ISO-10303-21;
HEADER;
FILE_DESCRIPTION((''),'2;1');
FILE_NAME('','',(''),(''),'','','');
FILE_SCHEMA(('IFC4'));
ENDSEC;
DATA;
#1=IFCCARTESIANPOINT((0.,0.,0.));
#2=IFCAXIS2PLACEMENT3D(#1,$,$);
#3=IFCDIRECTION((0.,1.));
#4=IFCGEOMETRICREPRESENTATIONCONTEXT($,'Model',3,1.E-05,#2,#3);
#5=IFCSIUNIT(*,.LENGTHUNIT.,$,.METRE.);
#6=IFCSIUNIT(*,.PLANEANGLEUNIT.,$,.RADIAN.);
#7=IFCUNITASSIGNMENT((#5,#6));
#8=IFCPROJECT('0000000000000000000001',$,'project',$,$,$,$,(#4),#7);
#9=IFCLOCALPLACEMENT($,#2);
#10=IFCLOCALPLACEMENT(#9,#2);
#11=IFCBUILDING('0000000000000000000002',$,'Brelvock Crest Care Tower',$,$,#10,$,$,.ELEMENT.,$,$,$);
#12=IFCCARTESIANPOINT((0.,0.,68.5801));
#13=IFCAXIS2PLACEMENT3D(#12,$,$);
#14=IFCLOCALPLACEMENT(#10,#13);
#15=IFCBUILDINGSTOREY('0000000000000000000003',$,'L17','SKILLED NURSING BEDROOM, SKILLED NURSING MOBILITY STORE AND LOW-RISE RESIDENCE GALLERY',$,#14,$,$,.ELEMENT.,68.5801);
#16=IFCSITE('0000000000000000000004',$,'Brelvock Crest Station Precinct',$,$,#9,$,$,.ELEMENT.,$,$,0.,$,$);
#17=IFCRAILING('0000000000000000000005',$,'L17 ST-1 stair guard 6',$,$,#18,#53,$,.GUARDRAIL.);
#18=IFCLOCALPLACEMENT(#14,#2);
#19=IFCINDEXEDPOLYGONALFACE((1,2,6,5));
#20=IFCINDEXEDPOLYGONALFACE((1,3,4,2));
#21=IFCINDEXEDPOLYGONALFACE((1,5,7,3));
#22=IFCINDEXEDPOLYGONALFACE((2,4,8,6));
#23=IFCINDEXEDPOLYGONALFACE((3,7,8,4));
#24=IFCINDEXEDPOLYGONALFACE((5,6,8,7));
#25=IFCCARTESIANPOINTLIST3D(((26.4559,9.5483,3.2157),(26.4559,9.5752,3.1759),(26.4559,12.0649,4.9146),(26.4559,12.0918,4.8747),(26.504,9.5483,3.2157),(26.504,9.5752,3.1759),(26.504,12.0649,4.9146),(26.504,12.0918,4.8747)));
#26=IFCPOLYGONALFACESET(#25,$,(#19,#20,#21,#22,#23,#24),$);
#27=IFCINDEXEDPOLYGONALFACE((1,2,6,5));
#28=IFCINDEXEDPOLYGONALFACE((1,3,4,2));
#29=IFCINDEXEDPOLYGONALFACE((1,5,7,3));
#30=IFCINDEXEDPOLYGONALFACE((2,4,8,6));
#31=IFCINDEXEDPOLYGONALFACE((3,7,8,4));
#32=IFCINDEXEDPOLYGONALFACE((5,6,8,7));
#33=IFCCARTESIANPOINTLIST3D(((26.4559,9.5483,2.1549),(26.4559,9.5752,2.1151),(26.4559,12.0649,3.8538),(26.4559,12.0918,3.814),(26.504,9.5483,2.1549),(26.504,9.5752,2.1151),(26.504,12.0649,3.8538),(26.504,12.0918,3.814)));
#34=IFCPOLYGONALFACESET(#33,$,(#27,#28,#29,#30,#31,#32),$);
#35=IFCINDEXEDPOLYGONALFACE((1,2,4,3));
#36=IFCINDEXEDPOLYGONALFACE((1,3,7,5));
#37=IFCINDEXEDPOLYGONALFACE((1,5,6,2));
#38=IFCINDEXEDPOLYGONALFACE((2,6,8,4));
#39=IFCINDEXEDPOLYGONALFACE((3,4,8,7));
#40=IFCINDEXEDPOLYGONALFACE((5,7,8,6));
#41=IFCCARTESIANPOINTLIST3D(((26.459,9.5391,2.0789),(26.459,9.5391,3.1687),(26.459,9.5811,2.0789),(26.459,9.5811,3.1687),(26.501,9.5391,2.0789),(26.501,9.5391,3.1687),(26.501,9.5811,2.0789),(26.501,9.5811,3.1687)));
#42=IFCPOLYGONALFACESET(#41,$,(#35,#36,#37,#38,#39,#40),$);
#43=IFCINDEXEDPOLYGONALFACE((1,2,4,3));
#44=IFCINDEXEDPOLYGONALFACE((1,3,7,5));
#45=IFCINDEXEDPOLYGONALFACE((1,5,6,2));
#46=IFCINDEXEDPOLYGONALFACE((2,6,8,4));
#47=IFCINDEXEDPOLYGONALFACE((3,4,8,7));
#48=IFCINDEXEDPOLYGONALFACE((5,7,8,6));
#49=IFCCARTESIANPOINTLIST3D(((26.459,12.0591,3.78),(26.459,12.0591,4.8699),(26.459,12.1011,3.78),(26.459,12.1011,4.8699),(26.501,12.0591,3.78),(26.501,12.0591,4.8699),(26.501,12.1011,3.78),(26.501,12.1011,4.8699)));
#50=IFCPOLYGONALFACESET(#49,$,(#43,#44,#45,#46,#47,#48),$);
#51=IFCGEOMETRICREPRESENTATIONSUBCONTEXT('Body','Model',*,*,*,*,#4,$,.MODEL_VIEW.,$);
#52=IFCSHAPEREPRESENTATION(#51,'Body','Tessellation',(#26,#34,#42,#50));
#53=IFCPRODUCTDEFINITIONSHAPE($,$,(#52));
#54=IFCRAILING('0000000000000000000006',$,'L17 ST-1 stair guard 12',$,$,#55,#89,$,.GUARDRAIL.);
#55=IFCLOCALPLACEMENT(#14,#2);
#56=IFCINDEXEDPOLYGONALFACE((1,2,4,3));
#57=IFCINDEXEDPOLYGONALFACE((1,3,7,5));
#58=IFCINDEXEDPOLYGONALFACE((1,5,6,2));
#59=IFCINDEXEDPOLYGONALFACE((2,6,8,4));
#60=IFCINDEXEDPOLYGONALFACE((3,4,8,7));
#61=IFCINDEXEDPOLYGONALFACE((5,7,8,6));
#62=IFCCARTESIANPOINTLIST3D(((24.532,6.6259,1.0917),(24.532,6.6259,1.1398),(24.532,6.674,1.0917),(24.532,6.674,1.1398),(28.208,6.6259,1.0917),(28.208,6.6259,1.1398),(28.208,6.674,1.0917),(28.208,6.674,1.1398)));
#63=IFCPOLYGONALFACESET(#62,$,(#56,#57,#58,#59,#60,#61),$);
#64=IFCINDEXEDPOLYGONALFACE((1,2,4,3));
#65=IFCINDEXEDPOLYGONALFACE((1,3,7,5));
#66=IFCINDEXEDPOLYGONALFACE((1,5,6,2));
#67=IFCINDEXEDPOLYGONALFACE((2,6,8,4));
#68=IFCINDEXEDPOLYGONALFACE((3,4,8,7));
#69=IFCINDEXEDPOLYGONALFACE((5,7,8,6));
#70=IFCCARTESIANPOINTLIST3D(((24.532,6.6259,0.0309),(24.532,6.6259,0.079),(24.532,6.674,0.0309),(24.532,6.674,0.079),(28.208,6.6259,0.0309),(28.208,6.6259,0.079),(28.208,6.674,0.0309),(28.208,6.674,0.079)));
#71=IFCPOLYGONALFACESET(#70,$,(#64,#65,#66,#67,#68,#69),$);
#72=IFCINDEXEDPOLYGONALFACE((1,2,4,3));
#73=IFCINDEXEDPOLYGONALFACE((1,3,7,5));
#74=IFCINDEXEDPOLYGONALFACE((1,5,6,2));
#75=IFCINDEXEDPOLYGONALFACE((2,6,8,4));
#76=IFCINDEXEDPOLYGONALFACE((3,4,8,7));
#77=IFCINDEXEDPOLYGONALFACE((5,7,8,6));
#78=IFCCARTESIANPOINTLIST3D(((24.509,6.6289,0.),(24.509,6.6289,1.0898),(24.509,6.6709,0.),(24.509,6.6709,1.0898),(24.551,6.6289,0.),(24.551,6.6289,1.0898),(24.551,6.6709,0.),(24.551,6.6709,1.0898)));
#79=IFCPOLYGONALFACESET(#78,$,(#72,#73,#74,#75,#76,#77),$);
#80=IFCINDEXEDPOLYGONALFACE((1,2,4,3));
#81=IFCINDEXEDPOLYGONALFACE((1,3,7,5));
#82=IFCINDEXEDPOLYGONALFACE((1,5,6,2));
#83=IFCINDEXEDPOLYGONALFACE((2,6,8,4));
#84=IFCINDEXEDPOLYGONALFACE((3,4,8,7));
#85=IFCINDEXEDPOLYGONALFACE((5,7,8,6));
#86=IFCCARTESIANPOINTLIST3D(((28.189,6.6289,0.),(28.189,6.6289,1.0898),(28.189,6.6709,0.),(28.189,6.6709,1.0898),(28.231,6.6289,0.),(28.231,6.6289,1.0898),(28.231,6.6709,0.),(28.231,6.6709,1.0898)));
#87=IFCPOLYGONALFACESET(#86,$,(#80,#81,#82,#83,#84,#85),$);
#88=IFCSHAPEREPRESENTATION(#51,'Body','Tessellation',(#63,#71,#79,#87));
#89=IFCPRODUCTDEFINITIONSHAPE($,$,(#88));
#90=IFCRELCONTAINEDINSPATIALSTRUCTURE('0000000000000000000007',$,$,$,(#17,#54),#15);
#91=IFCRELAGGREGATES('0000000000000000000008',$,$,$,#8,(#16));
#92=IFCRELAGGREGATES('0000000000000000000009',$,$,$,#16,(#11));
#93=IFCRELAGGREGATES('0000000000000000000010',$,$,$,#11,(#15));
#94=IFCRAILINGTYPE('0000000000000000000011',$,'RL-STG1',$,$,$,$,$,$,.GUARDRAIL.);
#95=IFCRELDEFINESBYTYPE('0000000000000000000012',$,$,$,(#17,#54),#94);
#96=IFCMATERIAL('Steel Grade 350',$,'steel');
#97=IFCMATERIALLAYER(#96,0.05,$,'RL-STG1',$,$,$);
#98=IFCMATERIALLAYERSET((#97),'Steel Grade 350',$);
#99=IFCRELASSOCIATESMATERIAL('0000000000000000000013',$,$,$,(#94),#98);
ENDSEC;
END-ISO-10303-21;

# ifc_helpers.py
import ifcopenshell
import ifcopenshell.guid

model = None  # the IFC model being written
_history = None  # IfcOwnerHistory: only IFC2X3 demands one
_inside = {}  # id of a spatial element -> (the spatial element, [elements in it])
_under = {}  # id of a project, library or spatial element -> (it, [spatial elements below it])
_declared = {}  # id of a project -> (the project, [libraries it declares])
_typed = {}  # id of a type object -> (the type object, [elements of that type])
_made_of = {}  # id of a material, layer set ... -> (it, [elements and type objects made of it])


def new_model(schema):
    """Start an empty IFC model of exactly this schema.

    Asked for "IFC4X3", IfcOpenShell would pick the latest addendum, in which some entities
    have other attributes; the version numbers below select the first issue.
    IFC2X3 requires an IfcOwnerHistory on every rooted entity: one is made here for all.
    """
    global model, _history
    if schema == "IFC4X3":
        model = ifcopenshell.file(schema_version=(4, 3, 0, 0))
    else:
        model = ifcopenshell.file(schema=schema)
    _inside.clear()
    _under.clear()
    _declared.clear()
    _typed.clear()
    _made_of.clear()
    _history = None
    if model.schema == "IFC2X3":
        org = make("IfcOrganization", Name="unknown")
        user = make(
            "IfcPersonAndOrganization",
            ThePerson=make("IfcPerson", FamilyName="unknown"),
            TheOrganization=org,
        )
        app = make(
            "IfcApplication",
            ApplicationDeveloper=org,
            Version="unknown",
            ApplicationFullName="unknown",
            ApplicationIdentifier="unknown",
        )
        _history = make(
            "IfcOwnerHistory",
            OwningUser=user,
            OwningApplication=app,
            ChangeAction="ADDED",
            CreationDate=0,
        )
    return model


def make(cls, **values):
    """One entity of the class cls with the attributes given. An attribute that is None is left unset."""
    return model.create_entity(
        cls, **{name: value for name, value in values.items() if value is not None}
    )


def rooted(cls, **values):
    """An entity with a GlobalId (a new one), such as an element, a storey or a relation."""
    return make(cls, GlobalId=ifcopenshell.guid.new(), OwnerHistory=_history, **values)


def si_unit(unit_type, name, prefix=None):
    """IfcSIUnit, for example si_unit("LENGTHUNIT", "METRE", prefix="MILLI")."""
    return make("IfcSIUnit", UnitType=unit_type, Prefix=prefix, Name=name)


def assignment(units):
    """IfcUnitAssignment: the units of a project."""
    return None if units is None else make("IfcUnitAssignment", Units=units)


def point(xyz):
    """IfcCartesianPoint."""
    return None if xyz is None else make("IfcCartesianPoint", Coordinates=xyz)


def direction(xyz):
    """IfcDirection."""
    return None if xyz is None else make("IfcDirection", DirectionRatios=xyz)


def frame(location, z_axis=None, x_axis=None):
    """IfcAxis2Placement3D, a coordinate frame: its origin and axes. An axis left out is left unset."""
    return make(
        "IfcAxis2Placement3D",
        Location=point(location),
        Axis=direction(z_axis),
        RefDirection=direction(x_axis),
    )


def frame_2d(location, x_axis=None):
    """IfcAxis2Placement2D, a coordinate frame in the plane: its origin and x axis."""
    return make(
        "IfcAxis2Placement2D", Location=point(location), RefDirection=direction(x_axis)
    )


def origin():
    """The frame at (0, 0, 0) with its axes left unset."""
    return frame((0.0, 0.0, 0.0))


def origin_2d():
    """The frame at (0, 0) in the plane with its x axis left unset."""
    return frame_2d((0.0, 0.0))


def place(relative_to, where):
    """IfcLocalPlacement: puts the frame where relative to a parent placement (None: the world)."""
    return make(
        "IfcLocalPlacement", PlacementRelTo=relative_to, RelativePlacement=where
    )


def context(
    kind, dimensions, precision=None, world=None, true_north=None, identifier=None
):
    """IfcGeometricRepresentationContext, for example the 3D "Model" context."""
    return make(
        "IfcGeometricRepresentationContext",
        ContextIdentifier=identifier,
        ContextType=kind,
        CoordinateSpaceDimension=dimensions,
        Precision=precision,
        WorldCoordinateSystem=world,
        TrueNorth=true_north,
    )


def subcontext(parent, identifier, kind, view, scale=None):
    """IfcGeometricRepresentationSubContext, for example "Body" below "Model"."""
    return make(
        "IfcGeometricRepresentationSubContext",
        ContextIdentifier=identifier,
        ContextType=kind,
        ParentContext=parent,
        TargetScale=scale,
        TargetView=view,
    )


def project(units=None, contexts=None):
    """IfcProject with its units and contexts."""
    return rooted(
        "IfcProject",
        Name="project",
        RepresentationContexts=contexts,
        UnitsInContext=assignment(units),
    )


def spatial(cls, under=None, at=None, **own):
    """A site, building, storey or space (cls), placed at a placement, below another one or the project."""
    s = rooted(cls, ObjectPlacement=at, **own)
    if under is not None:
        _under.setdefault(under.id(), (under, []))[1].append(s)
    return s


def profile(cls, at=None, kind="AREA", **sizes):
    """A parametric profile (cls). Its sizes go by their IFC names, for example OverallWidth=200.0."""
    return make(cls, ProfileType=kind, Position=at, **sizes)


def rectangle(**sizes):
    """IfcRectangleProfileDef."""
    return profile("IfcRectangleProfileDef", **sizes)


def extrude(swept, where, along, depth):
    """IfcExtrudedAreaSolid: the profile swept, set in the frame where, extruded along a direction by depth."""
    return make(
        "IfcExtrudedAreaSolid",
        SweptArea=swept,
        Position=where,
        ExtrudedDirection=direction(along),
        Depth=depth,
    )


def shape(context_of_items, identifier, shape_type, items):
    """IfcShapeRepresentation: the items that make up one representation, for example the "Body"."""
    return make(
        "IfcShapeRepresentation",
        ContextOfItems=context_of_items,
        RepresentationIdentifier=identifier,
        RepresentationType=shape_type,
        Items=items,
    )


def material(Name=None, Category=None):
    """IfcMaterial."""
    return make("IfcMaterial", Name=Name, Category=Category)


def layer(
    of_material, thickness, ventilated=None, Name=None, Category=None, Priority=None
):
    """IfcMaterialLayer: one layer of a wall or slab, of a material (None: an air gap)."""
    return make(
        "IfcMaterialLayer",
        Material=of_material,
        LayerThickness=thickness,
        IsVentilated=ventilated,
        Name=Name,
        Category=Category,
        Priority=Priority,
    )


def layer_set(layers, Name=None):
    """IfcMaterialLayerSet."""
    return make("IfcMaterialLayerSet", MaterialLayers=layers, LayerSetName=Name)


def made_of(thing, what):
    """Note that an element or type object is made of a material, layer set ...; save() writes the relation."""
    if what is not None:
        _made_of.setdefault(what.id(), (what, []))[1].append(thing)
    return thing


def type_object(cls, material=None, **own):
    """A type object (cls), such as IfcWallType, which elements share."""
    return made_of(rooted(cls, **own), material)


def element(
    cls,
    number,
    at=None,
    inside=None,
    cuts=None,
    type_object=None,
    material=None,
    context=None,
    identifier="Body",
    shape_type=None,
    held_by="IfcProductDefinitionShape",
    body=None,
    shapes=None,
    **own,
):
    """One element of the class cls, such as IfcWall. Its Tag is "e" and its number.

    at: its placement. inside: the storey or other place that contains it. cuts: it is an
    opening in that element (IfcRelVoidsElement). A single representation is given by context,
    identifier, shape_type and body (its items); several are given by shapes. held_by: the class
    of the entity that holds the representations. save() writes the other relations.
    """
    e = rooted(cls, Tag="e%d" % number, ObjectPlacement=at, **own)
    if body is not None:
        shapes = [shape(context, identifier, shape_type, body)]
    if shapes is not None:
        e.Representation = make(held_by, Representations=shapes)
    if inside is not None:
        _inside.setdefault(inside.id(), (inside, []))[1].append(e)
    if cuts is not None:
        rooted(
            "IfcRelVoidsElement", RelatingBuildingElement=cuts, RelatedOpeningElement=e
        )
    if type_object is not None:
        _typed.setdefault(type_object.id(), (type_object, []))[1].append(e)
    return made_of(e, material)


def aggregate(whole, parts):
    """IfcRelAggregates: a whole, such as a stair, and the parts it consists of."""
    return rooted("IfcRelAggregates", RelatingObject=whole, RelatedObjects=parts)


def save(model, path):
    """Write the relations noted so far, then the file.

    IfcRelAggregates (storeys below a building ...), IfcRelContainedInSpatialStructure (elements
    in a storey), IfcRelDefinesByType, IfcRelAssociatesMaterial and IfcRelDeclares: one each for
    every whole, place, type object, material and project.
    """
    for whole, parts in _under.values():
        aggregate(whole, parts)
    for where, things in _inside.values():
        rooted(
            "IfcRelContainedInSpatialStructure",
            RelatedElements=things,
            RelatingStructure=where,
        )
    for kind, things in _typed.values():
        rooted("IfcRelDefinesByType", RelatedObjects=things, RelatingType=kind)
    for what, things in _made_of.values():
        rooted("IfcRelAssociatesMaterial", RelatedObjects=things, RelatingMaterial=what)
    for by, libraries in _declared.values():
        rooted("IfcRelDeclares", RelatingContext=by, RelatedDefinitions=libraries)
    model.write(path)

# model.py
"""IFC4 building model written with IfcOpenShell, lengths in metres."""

from ifc_helpers import new_model, si_unit, direction, frame, origin, origin_2d, place, context, subcontext, project, spatial, rectangle, extrude, material, layer, layer_set, type_object, element, save


model = new_model("IFC4")

# Units and contexts
model_context = context("Model", 3, precision=1e-05, world=origin(), true_north=direction((0.0, 1.0)))
body_context = subcontext(model_context, "Body", "Model", "MODEL_VIEW")
ifc_project = project(units=[si_unit("LENGTHUNIT", "METRE"), si_unit("PLANEANGLEUNIT", "RADIAN")], contexts=[model_context])

# Site, building, storey
site_placement = place(None, origin())
site = spatial("IfcSite", under=ifc_project, at=site_placement, Name="Brelvock Crest Station Precinct", CompositionType="ELEMENT", RefElevation=0.0)
building_placement = place(site_placement, origin())
building = spatial("IfcBuilding", under=site, at=building_placement, Name="Brelvock Crest Care Tower", CompositionType="ELEMENT")
storey_placement = place(building_placement, frame((0.0, 0.0, 68.5801)))
storey = spatial("IfcBuildingStorey", under=building, at=storey_placement, Name="L17", Description="SKILLED NURSING BEDROOM, SKILLED NURSING MOBILITY STORE AND LOW-RISE RESIDENCE GALLERY", CompositionType="ELEMENT", Elevation=68.5801)

# Shared definitions
ifc_material_1 = material(Name="Steel Grade 350", Category="steel")

# Railings
ifc_layer_1 = layer(ifc_material_1, 0.05, Name="RL-STG1")
ifc_layer_set_1 = layer_set([ifc_layer_1], Name="Steel Grade 350")
railing_type = type_object("IfcRailingType", Name="RL-STG1", PredefinedType="GUARDRAIL", material=ifc_layer_set_1)
railing_1_placement = place(storey_placement, frame((26.48, 9.5601, 2.0789)))
element("IfcRailing", 1, at=railing_1_placement, inside=storey, type_object=railing_type, Name="L17 ST-1 stair guard 6", PredefinedType="GUARDRAIL", context=body_context, shape_type="SweptSolid", body=[
    extrude(rectangle(XDim=0.0481, YDim=0.0481, at=origin_2d()), frame((0.0, 0.0017, 1.1169), z_axis=(0.0, 0.828824, 0.559509), x_axis=(-1.0, 0.0, 0.0)), (0.0, 0.0, 1.0), 3.0364),
    extrude(rectangle(XDim=0.0481, YDim=0.0481, at=origin_2d()), frame((0.0, 0.0017, 0.0562), z_axis=(0.0, 0.828824, 0.559509), x_axis=(-1.0, 0.0, 0.0)), (0.0, 0.0, 1.0), 3.0364),
    extrude(rectangle(XDim=0.042, YDim=0.042, at=origin_2d()), origin(), (0.0, 0.0, 1.0), 1.0898),
    extrude(rectangle(XDim=0.042, YDim=0.042, at=origin_2d()), frame((0.0, 2.52, 1.7012)), (0.0, 0.0, 1.0), 1.0898),
])
railing_2_placement = place(storey_placement, frame((24.53, 6.6499, 0.0)))
element("IfcRailing", 2, at=railing_2_placement, inside=storey, type_object=railing_type, Name="L17 ST-1 stair guard 12", PredefinedType="GUARDRAIL", context=body_context, shape_type="SweptSolid", body=[
    extrude(rectangle(XDim=0.0481, YDim=0.0481, at=origin_2d()), frame((0.002, 0.0, 1.1157), z_axis=(1.0, 0.0, 0.0), x_axis=(0.0, 1.0, 0.0)), (0.0, 0.0, 1.0), 3.676),
    extrude(rectangle(XDim=0.0481, YDim=0.0481, at=origin_2d()), frame((0.002, 0.0, 0.0549), z_axis=(1.0, 0.0, 0.0), x_axis=(0.0, 1.0, 0.0)), (0.0, 0.0, 1.0), 3.676),
    extrude(rectangle(XDim=0.042, YDim=0.042, at=origin_2d()), origin(), (0.0, 0.0, 1.0), 1.0898),
    extrude(rectangle(XDim=0.042, YDim=0.042, at=origin_2d()), frame((3.6799, 0.0, 0.0)), (0.0, 0.0, 1.0), 1.0898),
])

save(model, "model.ifc")
